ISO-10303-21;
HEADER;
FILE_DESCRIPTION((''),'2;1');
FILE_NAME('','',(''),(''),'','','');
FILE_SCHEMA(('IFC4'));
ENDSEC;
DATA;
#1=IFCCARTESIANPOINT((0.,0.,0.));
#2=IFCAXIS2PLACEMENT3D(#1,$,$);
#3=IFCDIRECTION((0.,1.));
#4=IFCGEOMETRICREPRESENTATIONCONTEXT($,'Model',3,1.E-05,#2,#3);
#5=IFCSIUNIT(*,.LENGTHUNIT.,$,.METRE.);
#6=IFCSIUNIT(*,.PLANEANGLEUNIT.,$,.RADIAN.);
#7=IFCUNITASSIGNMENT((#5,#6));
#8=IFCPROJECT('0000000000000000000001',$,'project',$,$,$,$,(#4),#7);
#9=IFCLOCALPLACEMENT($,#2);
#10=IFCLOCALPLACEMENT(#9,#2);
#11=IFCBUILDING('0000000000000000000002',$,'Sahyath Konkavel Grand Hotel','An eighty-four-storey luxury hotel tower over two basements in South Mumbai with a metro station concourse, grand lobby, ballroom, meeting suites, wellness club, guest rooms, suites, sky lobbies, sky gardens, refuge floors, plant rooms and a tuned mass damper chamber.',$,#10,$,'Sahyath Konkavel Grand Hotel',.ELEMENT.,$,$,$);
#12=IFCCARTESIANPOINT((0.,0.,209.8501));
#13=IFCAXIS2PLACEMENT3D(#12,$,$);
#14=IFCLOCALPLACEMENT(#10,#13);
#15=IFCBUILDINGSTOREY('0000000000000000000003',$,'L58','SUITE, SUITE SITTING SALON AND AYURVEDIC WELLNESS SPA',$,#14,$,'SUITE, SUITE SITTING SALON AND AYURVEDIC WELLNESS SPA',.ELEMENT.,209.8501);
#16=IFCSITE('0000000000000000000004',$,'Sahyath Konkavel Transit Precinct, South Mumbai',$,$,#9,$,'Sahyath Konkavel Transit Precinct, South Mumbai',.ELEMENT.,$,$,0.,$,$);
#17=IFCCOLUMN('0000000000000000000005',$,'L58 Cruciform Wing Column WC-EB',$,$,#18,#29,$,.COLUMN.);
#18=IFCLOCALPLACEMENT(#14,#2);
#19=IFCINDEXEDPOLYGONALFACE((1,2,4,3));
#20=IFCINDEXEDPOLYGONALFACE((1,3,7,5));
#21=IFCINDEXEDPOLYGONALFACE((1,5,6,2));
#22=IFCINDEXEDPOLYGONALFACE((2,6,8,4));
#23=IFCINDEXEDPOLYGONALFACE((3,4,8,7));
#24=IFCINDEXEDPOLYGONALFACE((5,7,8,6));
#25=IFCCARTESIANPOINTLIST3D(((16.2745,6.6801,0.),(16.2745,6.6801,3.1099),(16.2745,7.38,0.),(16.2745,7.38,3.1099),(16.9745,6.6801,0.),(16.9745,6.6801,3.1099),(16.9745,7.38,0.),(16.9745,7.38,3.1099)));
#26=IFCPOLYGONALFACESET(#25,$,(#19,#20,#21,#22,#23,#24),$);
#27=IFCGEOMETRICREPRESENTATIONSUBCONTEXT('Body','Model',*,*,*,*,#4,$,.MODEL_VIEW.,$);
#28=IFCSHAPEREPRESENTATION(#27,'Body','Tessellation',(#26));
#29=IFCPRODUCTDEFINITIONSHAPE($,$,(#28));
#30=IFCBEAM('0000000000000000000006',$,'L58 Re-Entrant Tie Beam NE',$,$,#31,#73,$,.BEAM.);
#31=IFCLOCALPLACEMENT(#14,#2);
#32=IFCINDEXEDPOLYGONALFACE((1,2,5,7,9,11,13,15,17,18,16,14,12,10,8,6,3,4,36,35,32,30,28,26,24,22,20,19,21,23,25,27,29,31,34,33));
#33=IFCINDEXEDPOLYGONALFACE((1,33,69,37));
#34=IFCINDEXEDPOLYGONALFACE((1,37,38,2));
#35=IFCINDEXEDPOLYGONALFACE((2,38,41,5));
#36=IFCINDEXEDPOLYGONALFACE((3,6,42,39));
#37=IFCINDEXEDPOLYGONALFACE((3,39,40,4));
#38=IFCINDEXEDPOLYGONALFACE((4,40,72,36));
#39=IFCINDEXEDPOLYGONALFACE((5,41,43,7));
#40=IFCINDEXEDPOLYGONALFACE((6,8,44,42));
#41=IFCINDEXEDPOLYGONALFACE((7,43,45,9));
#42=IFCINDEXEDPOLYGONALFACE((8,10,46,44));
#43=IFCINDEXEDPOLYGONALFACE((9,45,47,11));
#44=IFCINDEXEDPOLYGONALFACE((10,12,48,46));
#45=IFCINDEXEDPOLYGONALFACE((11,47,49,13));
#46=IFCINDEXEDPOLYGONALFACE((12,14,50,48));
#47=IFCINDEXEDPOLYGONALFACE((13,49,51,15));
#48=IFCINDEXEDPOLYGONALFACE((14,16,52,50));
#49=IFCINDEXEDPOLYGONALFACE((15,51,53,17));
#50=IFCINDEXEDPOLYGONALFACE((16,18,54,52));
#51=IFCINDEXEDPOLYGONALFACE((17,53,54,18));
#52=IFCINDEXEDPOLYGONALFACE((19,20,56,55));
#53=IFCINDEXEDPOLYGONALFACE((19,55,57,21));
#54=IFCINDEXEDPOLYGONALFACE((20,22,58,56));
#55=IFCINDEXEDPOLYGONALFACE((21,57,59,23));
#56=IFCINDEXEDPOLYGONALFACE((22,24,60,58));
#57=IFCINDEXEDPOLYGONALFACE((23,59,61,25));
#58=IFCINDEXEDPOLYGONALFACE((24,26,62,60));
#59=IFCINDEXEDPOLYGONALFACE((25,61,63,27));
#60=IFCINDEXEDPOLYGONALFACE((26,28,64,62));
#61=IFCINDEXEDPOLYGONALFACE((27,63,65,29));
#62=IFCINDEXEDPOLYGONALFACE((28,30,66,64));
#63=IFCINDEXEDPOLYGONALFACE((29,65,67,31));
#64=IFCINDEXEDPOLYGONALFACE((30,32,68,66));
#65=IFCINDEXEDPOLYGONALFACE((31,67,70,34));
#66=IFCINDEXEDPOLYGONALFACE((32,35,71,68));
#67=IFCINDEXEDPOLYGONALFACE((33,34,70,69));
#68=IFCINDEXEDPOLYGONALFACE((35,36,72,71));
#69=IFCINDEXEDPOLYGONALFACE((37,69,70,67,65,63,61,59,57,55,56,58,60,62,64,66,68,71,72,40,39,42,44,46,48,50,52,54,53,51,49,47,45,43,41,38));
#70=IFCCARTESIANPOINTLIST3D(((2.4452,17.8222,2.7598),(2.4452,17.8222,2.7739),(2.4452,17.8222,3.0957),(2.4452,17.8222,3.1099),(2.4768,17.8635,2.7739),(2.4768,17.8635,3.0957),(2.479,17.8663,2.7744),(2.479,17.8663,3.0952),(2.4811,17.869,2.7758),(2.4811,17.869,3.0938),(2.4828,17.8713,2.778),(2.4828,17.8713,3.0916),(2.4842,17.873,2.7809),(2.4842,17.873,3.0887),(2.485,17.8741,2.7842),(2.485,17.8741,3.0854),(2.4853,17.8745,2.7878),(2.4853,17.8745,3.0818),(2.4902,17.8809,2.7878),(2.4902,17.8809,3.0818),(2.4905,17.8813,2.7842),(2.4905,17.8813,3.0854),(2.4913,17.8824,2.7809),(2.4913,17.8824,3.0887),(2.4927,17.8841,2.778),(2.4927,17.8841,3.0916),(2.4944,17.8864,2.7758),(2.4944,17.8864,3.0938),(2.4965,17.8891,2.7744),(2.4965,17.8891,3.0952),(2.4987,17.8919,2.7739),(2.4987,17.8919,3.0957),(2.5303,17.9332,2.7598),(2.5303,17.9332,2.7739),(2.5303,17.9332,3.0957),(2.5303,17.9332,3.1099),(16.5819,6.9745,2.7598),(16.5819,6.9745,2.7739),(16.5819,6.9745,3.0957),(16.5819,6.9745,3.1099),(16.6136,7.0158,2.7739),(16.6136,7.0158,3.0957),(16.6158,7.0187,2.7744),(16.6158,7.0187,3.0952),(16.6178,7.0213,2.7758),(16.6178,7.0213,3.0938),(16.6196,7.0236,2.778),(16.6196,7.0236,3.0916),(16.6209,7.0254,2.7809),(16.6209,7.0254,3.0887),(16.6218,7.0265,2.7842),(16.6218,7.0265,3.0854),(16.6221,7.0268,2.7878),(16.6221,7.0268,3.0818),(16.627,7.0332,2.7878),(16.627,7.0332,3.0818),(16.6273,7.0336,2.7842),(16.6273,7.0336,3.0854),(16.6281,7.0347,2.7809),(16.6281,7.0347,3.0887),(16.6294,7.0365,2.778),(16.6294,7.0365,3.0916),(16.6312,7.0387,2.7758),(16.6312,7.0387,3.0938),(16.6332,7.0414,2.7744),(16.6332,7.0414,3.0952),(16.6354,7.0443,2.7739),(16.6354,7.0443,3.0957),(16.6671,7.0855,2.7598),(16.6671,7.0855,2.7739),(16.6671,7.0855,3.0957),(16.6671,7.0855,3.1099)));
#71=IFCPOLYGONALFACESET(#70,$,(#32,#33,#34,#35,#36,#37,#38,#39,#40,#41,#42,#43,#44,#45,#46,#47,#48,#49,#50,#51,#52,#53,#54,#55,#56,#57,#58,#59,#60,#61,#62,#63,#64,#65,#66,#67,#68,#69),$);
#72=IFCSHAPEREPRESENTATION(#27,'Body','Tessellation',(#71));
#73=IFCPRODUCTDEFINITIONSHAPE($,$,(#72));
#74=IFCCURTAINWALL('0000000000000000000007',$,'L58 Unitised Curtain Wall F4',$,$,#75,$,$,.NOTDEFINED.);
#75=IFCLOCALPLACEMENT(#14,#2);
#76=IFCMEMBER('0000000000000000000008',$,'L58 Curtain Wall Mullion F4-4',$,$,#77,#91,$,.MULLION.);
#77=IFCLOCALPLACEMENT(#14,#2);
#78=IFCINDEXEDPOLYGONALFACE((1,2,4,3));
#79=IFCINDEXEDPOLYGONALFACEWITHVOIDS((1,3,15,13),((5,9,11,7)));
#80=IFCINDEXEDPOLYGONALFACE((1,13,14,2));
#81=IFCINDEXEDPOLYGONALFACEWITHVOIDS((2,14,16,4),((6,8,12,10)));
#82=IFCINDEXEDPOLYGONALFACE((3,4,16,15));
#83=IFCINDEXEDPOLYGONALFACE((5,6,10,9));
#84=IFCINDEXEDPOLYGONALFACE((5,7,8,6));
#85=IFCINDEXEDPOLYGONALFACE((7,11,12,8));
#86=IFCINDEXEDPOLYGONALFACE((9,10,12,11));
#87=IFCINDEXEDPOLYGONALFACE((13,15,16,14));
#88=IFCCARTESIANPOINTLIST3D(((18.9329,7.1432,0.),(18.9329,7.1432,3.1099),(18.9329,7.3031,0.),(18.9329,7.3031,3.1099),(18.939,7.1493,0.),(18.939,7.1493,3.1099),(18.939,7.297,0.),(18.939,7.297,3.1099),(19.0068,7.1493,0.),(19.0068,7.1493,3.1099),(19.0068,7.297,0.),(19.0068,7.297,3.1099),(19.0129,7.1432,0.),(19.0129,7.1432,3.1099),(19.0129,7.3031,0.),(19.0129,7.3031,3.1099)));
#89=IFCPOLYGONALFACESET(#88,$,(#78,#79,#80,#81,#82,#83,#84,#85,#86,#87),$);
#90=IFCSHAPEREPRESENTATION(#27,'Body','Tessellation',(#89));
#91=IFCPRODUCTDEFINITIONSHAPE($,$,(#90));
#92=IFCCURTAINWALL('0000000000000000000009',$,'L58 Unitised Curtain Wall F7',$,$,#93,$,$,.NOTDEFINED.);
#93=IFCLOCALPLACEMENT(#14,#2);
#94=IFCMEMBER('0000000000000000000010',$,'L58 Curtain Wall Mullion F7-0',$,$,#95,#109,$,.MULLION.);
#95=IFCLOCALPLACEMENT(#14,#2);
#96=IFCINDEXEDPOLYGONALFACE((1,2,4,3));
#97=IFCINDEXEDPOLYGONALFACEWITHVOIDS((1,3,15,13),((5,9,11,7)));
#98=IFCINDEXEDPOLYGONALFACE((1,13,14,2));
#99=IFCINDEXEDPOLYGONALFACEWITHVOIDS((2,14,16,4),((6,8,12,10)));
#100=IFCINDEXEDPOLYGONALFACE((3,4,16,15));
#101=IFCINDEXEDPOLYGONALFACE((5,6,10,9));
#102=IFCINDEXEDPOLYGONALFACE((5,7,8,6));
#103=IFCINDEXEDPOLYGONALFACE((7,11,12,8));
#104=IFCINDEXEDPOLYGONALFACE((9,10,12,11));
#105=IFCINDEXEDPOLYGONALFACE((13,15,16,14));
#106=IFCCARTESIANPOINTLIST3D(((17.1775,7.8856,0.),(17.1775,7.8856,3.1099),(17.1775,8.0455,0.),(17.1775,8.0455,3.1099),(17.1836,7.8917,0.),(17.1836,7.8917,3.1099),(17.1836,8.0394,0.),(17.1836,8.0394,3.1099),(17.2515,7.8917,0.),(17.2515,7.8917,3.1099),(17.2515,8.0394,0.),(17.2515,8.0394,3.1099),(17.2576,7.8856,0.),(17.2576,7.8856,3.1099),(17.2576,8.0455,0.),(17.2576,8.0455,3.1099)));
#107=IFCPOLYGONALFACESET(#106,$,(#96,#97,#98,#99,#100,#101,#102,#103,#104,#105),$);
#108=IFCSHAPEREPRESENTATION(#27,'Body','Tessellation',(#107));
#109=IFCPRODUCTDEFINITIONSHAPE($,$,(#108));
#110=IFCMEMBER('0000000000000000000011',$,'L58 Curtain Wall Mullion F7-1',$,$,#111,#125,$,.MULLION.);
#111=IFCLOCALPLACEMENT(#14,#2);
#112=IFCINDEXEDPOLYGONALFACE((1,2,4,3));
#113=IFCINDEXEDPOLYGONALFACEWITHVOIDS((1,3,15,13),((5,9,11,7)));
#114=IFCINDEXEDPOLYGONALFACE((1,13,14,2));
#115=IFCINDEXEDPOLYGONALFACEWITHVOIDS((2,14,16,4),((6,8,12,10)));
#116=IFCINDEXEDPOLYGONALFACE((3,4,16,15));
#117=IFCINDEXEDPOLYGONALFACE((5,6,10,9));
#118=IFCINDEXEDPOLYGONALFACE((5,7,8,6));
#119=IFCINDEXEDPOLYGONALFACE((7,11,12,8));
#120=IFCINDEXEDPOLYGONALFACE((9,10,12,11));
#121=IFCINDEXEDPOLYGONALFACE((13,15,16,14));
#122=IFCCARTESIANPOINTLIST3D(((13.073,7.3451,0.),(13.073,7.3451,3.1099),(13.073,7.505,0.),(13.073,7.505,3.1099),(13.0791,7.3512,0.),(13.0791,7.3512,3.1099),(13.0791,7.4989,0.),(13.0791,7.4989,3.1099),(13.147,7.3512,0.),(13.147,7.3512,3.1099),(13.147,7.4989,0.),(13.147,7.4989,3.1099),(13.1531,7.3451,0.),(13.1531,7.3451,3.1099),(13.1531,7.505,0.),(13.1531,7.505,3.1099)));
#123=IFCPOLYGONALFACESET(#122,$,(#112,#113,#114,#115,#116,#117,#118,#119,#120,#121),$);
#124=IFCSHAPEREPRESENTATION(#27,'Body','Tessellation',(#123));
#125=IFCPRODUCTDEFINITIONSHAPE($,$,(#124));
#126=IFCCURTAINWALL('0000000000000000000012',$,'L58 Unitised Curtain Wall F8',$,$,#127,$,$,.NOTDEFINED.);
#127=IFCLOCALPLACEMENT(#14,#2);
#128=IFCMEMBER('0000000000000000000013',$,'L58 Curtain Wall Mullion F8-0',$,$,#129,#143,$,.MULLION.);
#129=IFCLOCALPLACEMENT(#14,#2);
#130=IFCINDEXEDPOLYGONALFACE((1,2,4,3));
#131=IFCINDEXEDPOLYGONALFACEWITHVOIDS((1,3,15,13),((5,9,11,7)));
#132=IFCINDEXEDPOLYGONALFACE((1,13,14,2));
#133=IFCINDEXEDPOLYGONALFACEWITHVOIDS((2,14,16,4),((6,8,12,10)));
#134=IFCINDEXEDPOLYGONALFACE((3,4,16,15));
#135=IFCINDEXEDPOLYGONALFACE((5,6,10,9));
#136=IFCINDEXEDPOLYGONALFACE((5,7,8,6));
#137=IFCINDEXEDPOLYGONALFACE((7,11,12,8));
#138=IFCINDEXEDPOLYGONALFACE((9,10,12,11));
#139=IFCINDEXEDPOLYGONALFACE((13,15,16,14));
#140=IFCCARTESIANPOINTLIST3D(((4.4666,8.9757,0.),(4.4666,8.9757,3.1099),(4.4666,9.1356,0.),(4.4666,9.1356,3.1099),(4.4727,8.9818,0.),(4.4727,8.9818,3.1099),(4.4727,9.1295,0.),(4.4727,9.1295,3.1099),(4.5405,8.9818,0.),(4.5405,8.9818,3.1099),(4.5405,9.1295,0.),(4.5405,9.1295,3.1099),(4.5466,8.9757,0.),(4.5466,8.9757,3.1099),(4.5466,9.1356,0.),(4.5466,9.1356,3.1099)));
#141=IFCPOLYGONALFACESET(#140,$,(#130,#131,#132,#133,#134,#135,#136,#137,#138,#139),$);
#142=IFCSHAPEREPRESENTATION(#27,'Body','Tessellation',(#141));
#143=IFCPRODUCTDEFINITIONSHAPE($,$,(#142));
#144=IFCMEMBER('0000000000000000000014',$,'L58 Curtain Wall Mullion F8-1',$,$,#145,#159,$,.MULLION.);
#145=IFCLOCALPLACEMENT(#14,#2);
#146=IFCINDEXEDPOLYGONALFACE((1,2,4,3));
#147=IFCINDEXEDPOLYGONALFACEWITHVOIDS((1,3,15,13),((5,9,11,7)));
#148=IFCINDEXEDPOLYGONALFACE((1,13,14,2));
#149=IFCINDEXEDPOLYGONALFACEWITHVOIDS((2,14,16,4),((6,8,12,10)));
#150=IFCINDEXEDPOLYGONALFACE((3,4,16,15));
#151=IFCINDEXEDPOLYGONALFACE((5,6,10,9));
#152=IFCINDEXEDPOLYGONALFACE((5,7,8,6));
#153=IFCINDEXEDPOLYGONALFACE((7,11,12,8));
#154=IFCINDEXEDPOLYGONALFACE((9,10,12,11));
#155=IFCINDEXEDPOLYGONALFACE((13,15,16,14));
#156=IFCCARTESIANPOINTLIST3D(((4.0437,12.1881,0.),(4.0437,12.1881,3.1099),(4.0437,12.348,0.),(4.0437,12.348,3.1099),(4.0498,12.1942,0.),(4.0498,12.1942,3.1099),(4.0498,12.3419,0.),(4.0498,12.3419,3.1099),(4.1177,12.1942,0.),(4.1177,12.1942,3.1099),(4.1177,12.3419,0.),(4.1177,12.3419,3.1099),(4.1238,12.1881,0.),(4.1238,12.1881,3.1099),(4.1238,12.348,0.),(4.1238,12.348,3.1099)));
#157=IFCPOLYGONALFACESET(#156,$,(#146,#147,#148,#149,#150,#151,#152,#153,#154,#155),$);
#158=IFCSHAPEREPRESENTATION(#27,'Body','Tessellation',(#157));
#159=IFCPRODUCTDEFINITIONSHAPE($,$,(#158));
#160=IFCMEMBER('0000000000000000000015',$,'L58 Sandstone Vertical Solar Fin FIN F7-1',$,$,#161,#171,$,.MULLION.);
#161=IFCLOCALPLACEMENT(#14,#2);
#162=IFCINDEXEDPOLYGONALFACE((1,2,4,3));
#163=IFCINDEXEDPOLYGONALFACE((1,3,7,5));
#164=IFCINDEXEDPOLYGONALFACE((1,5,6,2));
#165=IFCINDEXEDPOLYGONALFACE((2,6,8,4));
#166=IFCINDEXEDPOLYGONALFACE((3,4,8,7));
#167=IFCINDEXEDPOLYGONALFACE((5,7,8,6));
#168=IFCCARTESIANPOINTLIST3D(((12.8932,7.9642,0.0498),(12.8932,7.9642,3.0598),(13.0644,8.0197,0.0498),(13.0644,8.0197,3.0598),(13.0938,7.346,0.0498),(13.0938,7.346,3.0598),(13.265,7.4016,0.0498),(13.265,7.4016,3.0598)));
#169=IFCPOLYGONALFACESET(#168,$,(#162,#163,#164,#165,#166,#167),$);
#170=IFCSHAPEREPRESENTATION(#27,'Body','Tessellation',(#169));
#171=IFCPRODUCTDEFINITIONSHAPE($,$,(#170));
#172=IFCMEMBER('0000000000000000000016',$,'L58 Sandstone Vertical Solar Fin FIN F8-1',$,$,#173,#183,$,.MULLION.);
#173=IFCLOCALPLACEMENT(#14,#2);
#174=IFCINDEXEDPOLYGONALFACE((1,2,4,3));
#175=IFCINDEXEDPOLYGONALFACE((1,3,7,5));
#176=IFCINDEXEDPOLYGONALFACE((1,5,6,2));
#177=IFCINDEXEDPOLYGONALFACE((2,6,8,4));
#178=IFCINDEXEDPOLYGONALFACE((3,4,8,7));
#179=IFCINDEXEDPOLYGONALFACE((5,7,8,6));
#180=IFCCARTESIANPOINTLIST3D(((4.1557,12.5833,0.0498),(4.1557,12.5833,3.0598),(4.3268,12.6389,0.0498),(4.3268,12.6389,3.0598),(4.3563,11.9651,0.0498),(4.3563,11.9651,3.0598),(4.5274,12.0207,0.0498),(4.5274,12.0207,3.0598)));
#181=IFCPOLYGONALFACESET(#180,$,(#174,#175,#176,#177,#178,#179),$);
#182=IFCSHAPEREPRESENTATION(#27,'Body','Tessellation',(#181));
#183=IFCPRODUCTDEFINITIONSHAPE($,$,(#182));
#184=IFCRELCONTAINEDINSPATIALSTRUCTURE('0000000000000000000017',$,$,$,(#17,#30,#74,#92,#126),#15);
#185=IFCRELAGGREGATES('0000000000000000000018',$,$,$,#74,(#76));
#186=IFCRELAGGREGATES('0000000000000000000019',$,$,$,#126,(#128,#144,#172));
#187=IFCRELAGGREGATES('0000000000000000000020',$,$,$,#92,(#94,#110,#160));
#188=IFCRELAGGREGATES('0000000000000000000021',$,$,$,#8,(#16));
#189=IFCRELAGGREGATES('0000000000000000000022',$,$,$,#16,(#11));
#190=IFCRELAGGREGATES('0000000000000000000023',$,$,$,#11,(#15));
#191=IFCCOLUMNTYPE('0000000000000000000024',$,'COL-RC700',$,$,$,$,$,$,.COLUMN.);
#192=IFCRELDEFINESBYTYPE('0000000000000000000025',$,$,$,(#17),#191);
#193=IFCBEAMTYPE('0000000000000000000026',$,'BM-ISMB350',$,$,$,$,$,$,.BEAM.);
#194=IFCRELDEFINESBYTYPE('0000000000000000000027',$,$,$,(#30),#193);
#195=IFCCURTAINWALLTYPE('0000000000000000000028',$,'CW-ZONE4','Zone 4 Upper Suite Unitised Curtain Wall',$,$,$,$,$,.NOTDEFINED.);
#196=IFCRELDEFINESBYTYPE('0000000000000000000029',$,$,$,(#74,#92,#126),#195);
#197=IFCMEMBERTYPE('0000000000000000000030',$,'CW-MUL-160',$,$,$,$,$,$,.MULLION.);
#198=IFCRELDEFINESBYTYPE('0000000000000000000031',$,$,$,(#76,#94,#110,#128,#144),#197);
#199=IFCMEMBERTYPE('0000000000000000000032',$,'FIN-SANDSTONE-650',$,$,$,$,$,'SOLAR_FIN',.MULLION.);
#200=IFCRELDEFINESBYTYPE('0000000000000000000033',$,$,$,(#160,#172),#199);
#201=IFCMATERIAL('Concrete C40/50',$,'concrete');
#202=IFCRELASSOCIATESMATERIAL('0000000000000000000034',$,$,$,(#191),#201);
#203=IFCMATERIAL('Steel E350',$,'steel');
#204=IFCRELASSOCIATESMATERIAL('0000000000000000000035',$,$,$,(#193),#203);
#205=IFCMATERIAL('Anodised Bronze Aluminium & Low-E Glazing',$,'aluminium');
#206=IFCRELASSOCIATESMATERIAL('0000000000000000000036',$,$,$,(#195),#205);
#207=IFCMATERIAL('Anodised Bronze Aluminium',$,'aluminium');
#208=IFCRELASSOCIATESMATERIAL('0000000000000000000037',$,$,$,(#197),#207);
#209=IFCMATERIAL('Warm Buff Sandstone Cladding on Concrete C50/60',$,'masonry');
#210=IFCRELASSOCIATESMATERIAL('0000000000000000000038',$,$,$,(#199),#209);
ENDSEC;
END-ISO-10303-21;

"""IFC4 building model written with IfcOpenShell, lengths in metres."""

from ifc_helpers import new_model, si_unit, direction, frame, origin, origin_2d, place, context, subcontext, project, spatial, rectangle, hollow_rectangle, i_section, extrude, source, transform, mapped, material, material_profile, profile_set, type_object, element, aggregate, save


model = new_model("IFC4")

# Units and contexts
model_context = context("Model", 3, precision=1e-05, world=origin(), true_north=direction((0.0, 1.0)))
body_context = subcontext(model_context, "Body", "Model", "MODEL_VIEW")
ifc_project = project(units=[si_unit("LENGTHUNIT", "METRE"), si_unit("PLANEANGLEUNIT", "RADIAN")], contexts=[model_context])

# Site, building, storey
site_placement = place(None, origin())
site = spatial("IfcSite", under=ifc_project, at=site_placement, Name="Sahyath Konkavel Transit Precinct, South Mumbai", LongName="Sahyath Konkavel Transit Precinct, South Mumbai", CompositionType="ELEMENT", RefElevation=0.0)
building_placement = place(site_placement, origin())
building = spatial("IfcBuilding", under=site, at=building_placement, Name="Sahyath Konkavel Grand Hotel", Description="An eighty-four-storey luxury hotel tower over two basements in South Mumbai with a metro station concourse, grand lobby, ballroom, meeting suites, wellness club, guest rooms, suites, sky lobbies, sky gardens, refuge floors, plant rooms and a tuned mass damper chamber.", LongName="Sahyath Konkavel Grand Hotel", CompositionType="ELEMENT")
storey_placement = place(building_placement, frame((0.0, 0.0, 209.8501)))
storey = spatial("IfcBuildingStorey", under=building, at=storey_placement, Name="L58", Description="SUITE, SUITE SITTING SALON AND AYURVEDIC WELLNESS SPA", LongName="SUITE, SUITE SITTING SALON AND AYURVEDIC WELLNESS SPA", CompositionType="ELEMENT", Elevation=209.8501)

# Column
ifc_material_1 = material(Name="Concrete C40/50", Category="concrete")
ifc_material_profile_1 = material_profile(ifc_material_1, rectangle(XDim=0.7, YDim=0.7, at=origin_2d()), Name="RC 700x700")
ifc_profile_set_1 = profile_set([ifc_material_profile_1], Name="Concrete C40/50")
column_type = type_object("IfcColumnType", Name="COL-RC700", PredefinedType="COLUMN", material=ifc_profile_set_1)
shared_shape_1 = source(origin(), body_context, "Body", "SweptSolid", [
    extrude(rectangle(XDim=0.7, YDim=0.7, at=origin_2d()), origin(), (0.0, 0.0, 1.0), 3.1099),
])
column_placement = place(storey_placement, frame((16.6245, 7.03, 0.0), z_axis=(0.0, 0.0, 1.0), x_axis=(1.0, 0.0, 0.0)))
element("IfcColumn", 1, at=column_placement, inside=storey, type_object=column_type, Name="L58 Cruciform Wing Column WC-EB", PredefinedType="COLUMN", context=body_context, shape_type="MappedRepresentation", body=[
    mapped(shared_shape_1, transform((0.0, 0.0, 0.0), scale=1.0)),
])

# Beam
ifc_material_2 = material(Name="Steel E350", Category="steel")
ifc_material_profile_2 = material_profile(ifc_material_2, i_section(OverallWidth=0.1399, OverallDepth=0.3501, WebThickness=0.0081, FlangeThickness=0.0142, FilletRadius=0.0139, at=origin_2d()), Name="ISMB 350")
ifc_profile_set_2 = profile_set([ifc_material_profile_2], Name="Steel E350")
beam_type = type_object("IfcBeamType", Name="BM-ISMB350", PredefinedType="BEAM", material=ifc_profile_set_2)
shared_shape_2 = source(origin(), body_context, "Body", "SweptSolid", [
    extrude(i_section(OverallWidth=0.1399, OverallDepth=0.3501, WebThickness=0.0081, FlangeThickness=0.0142, FilletRadius=0.0139, at=origin_2d()), origin(), (0.0, 0.0, 1.0), 17.8191),
])
beam_placement = place(storey_placement, frame((16.6245, 7.03, 2.9348), z_axis=(-0.793349, 0.608767, 0.0), x_axis=(-0.608767, -0.793349, 0.0)))
element("IfcBeam", 2, at=beam_placement, inside=storey, type_object=beam_type, Name="L58 Re-Entrant Tie Beam NE", PredefinedType="BEAM", context=body_context, shape_type="MappedRepresentation", body=[
    mapped(shared_shape_2, transform((0.0, 0.0, 0.0), scale=1.0)),
])

# Curtain wall, member
ifc_material_3 = material(Name="Anodised Bronze Aluminium & Low-E Glazing", Category="aluminium")
curtain_wall_type = type_object("IfcCurtainWallType", Name="CW-ZONE4", Description="Zone 4 Upper Suite Unitised Curtain Wall", PredefinedType="NOTDEFINED", material=ifc_material_3)
curtain_wall_1_placement = place(storey_placement, origin())
curtain_wall_1 = element("IfcCurtainWall", 3, at=curtain_wall_1_placement, inside=storey, type_object=curtain_wall_type, Name="L58 Unitised Curtain Wall F4", PredefinedType="NOTDEFINED")
ifc_material_4 = material(Name="Anodised Bronze Aluminium", Category="aluminium")
ifc_material_profile_3 = material_profile(ifc_material_4, hollow_rectangle(XDim=0.0801, YDim=0.1599, WallThickness=0.0061, at=origin_2d()), Name="RHS 160x80x6")
ifc_profile_set_3 = profile_set([ifc_material_profile_3], Name="Anodised Bronze Aluminium")
member_type_1 = type_object("IfcMemberType", Name="CW-MUL-160", PredefinedType="MULLION", material=ifc_profile_set_3)
shared_shape_3 = source(origin(), body_context, "Body", "SweptSolid", [
    extrude(hollow_rectangle(XDim=0.0801, YDim=0.1599, WallThickness=0.0061, at=origin_2d()), origin(), (0.0, 0.0, 1.0), 3.1099),
])
member_1_placement = place(storey_placement, frame((18.9729, 7.2231, 0.0), z_axis=(0.0, 0.0, 1.0), x_axis=(1.0, 0.0, 0.0)))
member_1 = element("IfcMember", 4, at=member_1_placement, type_object=member_type_1, Name="L58 Curtain Wall Mullion F4-4", PredefinedType="MULLION", context=body_context, shape_type="MappedRepresentation", body=[
    mapped(shared_shape_3, transform((0.0, 0.0, 0.0), scale=1.0)),
])
aggregate(curtain_wall_1, [member_1])

# Curtain walls, members
curtain_wall_2_placement = place(storey_placement, origin())
curtain_wall_2 = element("IfcCurtainWall", 5, at=curtain_wall_2_placement, inside=storey, type_object=curtain_wall_type, Name="L58 Unitised Curtain Wall F7", PredefinedType="NOTDEFINED")
member_2_placement = place(storey_placement, frame((17.2175, 7.9656, 0.0), z_axis=(0.0, 0.0, 1.0), x_axis=(1.0, 0.0, 0.0)))
member_2 = element("IfcMember", 6, at=member_2_placement, type_object=member_type_1, Name="L58 Curtain Wall Mullion F7-0", PredefinedType="MULLION", context=body_context, shape_type="MappedRepresentation", body=[
    mapped(shared_shape_3, transform((0.0, 0.0, 0.0), scale=1.0)),
])
member_3_placement = place(storey_placement, frame((13.113, 7.425, 0.0), z_axis=(0.0, 0.0, 1.0), x_axis=(1.0, 0.0, 0.0)))
member_3 = element("IfcMember", 7, at=member_3_placement, type_object=member_type_1, Name="L58 Curtain Wall Mullion F7-1", PredefinedType="MULLION", context=body_context, shape_type="MappedRepresentation", body=[
    mapped(shared_shape_3, transform((0.0, 0.0, 0.0), scale=1.0)),
])
curtain_wall_3_placement = place(storey_placement, origin())
curtain_wall_3 = element("IfcCurtainWall", 8, at=curtain_wall_3_placement, inside=storey, type_object=curtain_wall_type, Name="L58 Unitised Curtain Wall F8", PredefinedType="NOTDEFINED")
member_4_placement = place(storey_placement, frame((4.5066, 9.0557, 0.0), z_axis=(0.0, 0.0, 1.0), x_axis=(1.0, 0.0, 0.0)))
member_4 = element("IfcMember", 9, at=member_4_placement, type_object=member_type_1, Name="L58 Curtain Wall Mullion F8-0", PredefinedType="MULLION", context=body_context, shape_type="MappedRepresentation", body=[
    mapped(shared_shape_3, transform((0.0, 0.0, 0.0), scale=1.0)),
])
member_5_placement = place(storey_placement, frame((4.0837, 12.2681, 0.0), z_axis=(0.0, 0.0, 1.0), x_axis=(1.0, 0.0, 0.0)))
member_5 = element("IfcMember", 10, at=member_5_placement, type_object=member_type_1, Name="L58 Curtain Wall Mullion F8-1", PredefinedType="MULLION", context=body_context, shape_type="MappedRepresentation", body=[
    mapped(shared_shape_3, transform((0.0, 0.0, 0.0), scale=1.0)),
])

# Members
ifc_material_5 = material(Name="Warm Buff Sandstone Cladding on Concrete C50/60", Category="masonry")
ifc_material_profile_4 = material_profile(ifc_material_5, rectangle(XDim=0.1799, YDim=0.6499, at=origin_2d()), Name="FIN 180x650")
ifc_profile_set_4 = profile_set([ifc_material_profile_4], Name="Warm Buff Sandstone Cladding on Concrete C50/60")
member_type_2 = type_object("IfcMemberType", Name="FIN-SANDSTONE-650", ElementType="SOLAR_FIN", PredefinedType="MULLION", material=ifc_profile_set_4)
shared_shape_4 = source(origin(), body_context, "Body", "SweptSolid", [
    extrude(rectangle(XDim=0.1799, YDim=0.6499, at=origin_2d()), origin(), (0.0, 0.0, 1.0), 3.01),
])
member_6_placement = place(storey_placement, frame((13.0791, 7.6829, 0.0498), z_axis=(0.0, 0.0, 1.0), x_axis=(0.951164, 0.308685, 0.0)))
member_6 = element("IfcMember", 11, at=member_6_placement, type_object=member_type_2, Name="L58 Sandstone Vertical Solar Fin FIN F7-1", PredefinedType="MULLION", context=body_context, shape_type="MappedRepresentation", body=[
    mapped(shared_shape_4, transform((0.0, 0.0, 0.0), scale=1.0)),
])
member_7_placement = place(storey_placement, frame((4.3416, 12.302, 0.0498), z_axis=(0.0, 0.0, 1.0), x_axis=(0.951164, 0.308685, 0.0)))
member_7 = element("IfcMember", 12, at=member_7_placement, type_object=member_type_2, Name="L58 Sandstone Vertical Solar Fin FIN F8-1", PredefinedType="MULLION", context=body_context, shape_type="MappedRepresentation", body=[
    mapped(shared_shape_4, transform((0.0, 0.0, 0.0), scale=1.0)),
])

aggregate(curtain_wall_3, [member_4, member_5, member_7])
aggregate(curtain_wall_2, [member_2, member_3, member_6])

save(model, "model.ifc")
